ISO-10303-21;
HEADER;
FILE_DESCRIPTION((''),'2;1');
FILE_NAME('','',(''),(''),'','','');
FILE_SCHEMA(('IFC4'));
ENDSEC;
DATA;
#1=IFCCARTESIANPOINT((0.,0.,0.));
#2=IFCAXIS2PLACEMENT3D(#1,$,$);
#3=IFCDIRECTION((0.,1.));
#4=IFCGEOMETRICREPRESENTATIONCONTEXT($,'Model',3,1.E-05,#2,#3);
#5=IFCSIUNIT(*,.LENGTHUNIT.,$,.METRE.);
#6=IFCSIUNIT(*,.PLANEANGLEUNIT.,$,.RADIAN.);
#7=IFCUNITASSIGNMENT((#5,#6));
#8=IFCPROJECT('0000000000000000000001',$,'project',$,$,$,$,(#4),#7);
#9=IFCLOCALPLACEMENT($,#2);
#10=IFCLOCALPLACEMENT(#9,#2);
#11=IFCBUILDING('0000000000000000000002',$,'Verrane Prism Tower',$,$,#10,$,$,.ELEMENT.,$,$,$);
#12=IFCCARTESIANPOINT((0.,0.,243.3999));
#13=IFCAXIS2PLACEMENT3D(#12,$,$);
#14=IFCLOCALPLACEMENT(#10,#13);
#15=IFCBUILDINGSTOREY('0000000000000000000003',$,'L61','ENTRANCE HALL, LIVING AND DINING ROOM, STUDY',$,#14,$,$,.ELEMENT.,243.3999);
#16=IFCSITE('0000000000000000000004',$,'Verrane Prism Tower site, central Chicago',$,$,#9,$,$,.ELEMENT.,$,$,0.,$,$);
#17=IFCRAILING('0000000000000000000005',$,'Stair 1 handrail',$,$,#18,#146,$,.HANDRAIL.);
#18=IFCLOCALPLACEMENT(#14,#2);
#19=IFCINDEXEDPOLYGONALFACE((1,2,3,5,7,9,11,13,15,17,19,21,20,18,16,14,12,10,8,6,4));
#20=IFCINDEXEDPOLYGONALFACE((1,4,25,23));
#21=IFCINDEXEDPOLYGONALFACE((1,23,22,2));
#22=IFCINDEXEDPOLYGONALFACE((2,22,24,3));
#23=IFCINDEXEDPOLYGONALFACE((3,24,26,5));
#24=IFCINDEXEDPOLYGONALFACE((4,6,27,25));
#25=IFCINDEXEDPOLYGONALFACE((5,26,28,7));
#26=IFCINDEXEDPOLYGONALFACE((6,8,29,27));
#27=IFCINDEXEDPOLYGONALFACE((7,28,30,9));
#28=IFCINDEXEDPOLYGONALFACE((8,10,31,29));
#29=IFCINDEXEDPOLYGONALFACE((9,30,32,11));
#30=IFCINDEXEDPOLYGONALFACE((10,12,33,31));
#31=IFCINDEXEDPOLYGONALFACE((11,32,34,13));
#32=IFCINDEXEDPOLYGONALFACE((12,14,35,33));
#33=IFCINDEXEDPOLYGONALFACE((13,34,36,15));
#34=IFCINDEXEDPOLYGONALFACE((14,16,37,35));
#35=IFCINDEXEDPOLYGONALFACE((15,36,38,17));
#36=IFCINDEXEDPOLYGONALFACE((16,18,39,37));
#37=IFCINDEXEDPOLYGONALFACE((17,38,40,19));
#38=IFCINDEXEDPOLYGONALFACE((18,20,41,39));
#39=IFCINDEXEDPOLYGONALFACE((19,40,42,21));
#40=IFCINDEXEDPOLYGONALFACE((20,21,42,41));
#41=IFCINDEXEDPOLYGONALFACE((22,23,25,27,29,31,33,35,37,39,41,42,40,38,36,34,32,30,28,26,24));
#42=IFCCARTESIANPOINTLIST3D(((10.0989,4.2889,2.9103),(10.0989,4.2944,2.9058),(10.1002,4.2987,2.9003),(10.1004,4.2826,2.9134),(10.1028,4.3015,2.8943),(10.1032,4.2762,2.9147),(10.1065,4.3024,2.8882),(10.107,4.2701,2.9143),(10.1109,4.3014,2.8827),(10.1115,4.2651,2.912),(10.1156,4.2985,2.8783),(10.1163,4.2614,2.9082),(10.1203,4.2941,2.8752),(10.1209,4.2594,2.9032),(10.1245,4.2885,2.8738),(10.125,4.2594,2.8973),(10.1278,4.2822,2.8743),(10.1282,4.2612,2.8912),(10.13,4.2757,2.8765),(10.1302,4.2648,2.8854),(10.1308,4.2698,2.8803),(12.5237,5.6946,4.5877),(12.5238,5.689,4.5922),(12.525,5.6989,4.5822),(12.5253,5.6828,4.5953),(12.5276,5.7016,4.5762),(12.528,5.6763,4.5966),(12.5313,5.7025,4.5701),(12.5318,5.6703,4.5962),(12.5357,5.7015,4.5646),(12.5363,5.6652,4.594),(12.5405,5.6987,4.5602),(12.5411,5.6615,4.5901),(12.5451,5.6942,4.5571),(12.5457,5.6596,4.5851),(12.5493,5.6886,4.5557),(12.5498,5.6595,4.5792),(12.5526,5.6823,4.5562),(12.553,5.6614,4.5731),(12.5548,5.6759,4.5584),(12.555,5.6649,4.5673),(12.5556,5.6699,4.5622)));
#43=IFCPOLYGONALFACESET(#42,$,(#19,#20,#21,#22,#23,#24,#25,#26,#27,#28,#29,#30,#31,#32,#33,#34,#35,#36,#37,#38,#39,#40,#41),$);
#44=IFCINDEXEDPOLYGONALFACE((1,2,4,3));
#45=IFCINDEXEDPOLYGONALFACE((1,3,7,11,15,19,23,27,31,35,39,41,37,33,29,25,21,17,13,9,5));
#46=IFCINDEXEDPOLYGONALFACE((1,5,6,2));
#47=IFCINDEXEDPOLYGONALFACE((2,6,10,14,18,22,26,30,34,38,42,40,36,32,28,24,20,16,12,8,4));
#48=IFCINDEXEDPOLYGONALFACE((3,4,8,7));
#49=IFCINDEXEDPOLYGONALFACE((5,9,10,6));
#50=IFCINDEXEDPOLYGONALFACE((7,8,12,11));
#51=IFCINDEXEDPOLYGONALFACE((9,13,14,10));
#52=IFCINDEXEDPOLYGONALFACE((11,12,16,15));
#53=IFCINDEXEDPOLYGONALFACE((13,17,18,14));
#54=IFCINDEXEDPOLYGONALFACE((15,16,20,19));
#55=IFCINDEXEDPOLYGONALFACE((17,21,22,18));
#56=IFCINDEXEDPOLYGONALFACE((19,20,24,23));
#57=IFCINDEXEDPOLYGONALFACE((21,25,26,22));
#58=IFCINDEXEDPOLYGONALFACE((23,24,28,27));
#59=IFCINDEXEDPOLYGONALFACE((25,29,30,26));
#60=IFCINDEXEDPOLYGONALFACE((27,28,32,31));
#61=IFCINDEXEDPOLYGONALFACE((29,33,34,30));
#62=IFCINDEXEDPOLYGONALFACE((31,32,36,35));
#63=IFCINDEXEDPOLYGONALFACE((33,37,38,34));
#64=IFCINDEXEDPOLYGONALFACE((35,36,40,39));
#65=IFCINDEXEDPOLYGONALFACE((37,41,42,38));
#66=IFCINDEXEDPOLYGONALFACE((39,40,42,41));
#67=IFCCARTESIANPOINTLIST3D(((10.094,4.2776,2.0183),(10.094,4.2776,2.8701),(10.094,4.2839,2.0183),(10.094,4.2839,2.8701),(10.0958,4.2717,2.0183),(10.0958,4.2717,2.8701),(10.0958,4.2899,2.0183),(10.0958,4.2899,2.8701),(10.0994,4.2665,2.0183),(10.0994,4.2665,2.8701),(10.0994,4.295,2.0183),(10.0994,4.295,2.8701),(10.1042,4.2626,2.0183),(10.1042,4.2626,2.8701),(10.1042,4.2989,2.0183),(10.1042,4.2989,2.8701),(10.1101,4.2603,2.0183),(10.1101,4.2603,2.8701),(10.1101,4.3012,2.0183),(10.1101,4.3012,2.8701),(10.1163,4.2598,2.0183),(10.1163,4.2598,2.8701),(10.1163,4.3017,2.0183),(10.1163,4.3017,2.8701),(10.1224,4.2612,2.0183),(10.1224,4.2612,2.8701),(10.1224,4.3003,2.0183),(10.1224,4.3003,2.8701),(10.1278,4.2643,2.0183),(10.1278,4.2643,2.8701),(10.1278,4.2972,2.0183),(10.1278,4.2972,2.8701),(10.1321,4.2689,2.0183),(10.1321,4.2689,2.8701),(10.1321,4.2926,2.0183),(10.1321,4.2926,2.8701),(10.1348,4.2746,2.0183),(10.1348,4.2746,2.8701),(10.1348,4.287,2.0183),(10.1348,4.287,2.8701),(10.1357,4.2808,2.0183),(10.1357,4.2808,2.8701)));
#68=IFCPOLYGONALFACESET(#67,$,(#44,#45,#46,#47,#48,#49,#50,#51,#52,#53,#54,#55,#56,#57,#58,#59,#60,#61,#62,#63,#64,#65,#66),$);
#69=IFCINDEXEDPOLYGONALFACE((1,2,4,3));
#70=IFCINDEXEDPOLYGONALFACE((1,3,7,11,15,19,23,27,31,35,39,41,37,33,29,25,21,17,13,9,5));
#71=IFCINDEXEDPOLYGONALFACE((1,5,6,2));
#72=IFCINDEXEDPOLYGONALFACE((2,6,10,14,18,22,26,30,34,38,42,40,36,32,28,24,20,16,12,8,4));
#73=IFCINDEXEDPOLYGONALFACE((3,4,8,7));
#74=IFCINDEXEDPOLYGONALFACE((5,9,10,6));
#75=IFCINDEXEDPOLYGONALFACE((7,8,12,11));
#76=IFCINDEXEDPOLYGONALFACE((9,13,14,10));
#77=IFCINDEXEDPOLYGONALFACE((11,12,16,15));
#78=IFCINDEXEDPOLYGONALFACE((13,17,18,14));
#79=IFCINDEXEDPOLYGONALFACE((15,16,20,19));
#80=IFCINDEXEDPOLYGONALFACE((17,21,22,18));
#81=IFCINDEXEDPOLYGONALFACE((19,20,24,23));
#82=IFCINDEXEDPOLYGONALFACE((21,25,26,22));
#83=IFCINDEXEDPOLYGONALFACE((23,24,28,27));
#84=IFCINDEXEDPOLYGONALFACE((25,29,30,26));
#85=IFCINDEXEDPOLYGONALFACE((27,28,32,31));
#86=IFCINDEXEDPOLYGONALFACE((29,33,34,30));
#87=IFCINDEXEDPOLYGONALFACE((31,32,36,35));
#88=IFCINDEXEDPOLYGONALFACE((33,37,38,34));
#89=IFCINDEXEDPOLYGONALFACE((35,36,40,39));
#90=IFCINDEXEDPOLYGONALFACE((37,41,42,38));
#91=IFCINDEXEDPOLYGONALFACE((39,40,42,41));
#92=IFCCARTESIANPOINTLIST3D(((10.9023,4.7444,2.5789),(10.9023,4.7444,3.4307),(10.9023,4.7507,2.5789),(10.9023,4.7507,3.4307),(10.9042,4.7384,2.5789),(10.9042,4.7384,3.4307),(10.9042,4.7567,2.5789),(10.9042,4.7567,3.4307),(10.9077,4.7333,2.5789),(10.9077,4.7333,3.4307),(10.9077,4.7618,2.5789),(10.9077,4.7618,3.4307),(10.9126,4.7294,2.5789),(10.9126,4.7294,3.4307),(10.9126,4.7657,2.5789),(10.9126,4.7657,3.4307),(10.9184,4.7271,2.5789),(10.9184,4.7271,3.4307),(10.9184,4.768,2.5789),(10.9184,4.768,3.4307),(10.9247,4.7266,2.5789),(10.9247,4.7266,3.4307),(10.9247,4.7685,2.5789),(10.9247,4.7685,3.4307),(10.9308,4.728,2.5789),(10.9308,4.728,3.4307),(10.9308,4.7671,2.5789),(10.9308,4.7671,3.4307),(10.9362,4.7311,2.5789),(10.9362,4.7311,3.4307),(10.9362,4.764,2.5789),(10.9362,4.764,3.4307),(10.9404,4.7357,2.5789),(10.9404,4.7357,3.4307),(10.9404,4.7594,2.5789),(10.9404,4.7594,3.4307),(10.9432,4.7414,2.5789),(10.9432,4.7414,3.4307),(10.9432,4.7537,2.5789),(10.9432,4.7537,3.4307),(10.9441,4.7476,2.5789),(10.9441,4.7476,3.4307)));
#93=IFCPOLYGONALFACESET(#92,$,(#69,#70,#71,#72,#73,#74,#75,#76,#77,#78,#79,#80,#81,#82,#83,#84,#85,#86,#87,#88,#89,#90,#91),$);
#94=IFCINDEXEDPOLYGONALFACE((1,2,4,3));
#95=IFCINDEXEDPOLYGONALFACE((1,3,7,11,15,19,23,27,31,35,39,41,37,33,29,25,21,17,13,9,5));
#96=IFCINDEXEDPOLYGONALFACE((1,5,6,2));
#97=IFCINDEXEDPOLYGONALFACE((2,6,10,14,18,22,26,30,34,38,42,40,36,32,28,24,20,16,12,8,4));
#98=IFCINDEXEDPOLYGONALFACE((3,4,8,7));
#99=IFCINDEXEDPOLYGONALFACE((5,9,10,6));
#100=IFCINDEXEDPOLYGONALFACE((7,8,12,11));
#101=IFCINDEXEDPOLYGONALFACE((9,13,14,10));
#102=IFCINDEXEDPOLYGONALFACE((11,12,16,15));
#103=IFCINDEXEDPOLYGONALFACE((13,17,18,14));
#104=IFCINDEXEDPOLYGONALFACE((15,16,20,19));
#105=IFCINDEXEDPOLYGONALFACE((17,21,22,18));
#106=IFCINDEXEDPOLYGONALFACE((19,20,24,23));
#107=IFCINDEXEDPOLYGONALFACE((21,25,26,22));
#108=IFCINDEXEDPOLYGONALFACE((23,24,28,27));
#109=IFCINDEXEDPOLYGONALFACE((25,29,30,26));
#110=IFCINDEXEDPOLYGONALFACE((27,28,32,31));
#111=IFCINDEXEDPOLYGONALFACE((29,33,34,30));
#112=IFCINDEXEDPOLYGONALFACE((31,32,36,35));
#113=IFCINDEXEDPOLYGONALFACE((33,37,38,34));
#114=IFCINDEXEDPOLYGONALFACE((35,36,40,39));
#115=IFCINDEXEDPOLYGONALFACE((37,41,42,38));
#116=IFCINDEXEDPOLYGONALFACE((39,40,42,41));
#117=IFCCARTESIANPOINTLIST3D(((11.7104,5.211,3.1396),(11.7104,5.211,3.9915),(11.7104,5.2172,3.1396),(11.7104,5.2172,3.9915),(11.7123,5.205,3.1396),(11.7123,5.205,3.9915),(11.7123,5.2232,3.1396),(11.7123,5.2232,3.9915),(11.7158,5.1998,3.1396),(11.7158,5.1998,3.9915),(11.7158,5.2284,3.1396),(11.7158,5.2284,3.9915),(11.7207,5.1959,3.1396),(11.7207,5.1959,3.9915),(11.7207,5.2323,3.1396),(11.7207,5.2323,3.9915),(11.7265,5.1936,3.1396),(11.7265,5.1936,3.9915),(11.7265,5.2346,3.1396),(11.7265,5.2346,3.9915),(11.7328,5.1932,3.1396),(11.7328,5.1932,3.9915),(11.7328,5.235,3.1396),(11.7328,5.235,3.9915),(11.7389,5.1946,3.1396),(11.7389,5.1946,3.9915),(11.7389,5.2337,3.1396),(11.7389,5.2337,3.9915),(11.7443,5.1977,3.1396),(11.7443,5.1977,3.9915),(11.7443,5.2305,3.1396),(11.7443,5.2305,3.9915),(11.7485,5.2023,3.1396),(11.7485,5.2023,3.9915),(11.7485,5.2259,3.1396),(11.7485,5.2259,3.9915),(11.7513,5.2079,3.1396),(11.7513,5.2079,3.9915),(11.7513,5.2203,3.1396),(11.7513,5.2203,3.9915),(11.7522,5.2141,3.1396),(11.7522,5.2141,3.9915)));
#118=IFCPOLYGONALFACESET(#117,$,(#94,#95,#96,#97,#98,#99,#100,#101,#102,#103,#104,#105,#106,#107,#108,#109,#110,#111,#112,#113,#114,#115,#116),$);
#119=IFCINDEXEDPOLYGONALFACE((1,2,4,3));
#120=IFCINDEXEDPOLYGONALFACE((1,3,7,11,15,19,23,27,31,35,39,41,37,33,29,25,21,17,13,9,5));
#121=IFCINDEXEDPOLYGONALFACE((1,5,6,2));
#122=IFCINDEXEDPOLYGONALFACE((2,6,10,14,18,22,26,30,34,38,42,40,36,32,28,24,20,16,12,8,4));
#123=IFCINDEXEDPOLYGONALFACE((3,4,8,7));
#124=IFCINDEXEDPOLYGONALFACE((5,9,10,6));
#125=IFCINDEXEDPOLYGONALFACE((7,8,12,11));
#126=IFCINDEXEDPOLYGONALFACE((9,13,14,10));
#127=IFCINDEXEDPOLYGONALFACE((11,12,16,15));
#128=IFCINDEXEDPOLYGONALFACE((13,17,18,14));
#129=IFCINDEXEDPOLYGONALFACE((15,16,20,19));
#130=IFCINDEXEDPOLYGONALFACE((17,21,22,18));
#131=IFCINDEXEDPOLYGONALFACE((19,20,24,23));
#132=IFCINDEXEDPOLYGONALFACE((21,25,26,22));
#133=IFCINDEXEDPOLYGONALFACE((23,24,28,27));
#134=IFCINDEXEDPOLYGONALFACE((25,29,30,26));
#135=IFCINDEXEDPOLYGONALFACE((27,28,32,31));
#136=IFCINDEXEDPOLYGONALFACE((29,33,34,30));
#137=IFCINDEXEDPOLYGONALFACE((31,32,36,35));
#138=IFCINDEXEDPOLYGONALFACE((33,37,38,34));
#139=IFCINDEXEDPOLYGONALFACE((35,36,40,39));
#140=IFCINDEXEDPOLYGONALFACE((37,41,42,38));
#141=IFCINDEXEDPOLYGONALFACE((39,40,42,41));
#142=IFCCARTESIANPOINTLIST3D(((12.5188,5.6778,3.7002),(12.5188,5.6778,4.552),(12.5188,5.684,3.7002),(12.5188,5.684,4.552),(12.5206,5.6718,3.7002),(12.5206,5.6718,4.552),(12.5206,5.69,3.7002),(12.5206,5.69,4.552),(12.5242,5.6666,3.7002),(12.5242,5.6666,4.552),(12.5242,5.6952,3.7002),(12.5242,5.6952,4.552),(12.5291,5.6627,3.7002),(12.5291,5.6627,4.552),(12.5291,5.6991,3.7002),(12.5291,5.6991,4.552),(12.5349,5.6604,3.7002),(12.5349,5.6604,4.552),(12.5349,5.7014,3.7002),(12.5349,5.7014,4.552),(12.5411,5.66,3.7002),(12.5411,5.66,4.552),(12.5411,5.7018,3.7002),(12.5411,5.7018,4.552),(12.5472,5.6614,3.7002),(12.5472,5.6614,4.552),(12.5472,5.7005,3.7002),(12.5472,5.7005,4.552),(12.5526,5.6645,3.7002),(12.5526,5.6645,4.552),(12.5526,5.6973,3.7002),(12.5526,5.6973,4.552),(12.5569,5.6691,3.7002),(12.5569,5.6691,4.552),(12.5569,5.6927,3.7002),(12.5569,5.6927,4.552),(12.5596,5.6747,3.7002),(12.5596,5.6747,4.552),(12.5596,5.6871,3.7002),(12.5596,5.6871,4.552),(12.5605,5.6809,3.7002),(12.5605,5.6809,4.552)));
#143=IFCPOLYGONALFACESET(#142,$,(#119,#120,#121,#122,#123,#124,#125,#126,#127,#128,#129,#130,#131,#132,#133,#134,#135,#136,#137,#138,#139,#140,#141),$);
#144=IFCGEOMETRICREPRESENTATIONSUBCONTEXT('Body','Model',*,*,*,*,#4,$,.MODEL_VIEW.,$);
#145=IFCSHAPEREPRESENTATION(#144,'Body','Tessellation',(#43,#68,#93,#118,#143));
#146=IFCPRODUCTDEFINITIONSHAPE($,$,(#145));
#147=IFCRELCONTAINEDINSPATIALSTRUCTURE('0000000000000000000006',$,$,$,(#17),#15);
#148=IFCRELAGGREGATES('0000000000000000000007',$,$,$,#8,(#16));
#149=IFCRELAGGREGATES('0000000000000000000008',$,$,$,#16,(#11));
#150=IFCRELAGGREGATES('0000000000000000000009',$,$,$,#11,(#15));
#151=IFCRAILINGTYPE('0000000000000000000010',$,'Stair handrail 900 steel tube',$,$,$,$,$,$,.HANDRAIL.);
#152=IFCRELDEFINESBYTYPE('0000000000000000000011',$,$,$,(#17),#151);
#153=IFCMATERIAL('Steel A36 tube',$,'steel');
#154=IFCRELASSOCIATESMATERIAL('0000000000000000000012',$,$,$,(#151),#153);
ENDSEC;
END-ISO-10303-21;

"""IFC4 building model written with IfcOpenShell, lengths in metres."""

from ifc_helpers import new_model, si_unit, direction, frame, origin, origin_2d, place, context, subcontext, project, spatial, circle, extrude, material, type_object, element, save


model = new_model("IFC4")

# Units and contexts
model_context = context("Model", 3, precision=1e-05, world=origin(), true_north=direction((0.0, 1.0)))
body_context = subcontext(model_context, "Body", "Model", "MODEL_VIEW")
ifc_project = project(units=[si_unit("LENGTHUNIT", "METRE"), si_unit("PLANEANGLEUNIT", "RADIAN")], contexts=[model_context])

# Site, building, storey
site_placement = place(None, origin())
site = spatial("IfcSite", under=ifc_project, at=site_placement, Name="Verrane Prism Tower site, central Chicago", CompositionType="ELEMENT", RefElevation=0.0)
building_placement = place(site_placement, origin())
building = spatial("IfcBuilding", under=site, at=building_placement, Name="Verrane Prism Tower", CompositionType="ELEMENT")
storey_placement = place(building_placement, frame((0.0, 0.0, 243.3999)))
storey = spatial("IfcBuildingStorey", under=building, at=storey_placement, Name="L61", Description="ENTRANCE HALL, LIVING AND DINING ROOM, STUDY", CompositionType="ELEMENT", Elevation=243.3999)

# Railing
ifc_material_1 = material(Name="Steel A36 tube", Category="steel")
railing_type_1 = type_object("IfcRailingType", Name="Stair handrail 900 steel tube", PredefinedType="HANDRAIL", material=ifc_material_1)
railing_1_placement = place(storey_placement, frame((10.1147, 4.2808, 2.0183)))
element("IfcRailing", 1, at=railing_1_placement, inside=storey, type_object=railing_type_1, Name="Stair 1 handrail", PredefinedType="HANDRAIL", context=body_context, shape_type="SweptSolid", body=[
    extrude(circle(Radius=0.0239, at=origin_2d()), frame((0.0, 0.0, 0.876), z_axis=(0.742367, 0.428662, 0.514918), x_axis=(-0.50005, 0.865997, 0.0)), (0.0, 0.0, 1.0), 3.2664),
    extrude(circle(Radius=0.021, at=origin_2d()), origin(), (0.0, 0.0, 1.0), 0.8518),
    extrude(circle(Radius=0.021, at=origin_2d()), frame((0.8083, 0.4668, 0.5605)), (0.0, 0.0, 1.0), 0.8518),
    extrude(circle(Radius=0.021, at=origin_2d()), frame((1.6165, 0.9333, 1.1213)), (0.0, 0.0, 1.0), 0.8518),
    extrude(circle(Radius=0.021, at=origin_2d()), frame((2.4248, 1.4001, 1.6819)), (0.0, 0.0, 1.0), 0.8518),
])

save(model, "model.ifc")
